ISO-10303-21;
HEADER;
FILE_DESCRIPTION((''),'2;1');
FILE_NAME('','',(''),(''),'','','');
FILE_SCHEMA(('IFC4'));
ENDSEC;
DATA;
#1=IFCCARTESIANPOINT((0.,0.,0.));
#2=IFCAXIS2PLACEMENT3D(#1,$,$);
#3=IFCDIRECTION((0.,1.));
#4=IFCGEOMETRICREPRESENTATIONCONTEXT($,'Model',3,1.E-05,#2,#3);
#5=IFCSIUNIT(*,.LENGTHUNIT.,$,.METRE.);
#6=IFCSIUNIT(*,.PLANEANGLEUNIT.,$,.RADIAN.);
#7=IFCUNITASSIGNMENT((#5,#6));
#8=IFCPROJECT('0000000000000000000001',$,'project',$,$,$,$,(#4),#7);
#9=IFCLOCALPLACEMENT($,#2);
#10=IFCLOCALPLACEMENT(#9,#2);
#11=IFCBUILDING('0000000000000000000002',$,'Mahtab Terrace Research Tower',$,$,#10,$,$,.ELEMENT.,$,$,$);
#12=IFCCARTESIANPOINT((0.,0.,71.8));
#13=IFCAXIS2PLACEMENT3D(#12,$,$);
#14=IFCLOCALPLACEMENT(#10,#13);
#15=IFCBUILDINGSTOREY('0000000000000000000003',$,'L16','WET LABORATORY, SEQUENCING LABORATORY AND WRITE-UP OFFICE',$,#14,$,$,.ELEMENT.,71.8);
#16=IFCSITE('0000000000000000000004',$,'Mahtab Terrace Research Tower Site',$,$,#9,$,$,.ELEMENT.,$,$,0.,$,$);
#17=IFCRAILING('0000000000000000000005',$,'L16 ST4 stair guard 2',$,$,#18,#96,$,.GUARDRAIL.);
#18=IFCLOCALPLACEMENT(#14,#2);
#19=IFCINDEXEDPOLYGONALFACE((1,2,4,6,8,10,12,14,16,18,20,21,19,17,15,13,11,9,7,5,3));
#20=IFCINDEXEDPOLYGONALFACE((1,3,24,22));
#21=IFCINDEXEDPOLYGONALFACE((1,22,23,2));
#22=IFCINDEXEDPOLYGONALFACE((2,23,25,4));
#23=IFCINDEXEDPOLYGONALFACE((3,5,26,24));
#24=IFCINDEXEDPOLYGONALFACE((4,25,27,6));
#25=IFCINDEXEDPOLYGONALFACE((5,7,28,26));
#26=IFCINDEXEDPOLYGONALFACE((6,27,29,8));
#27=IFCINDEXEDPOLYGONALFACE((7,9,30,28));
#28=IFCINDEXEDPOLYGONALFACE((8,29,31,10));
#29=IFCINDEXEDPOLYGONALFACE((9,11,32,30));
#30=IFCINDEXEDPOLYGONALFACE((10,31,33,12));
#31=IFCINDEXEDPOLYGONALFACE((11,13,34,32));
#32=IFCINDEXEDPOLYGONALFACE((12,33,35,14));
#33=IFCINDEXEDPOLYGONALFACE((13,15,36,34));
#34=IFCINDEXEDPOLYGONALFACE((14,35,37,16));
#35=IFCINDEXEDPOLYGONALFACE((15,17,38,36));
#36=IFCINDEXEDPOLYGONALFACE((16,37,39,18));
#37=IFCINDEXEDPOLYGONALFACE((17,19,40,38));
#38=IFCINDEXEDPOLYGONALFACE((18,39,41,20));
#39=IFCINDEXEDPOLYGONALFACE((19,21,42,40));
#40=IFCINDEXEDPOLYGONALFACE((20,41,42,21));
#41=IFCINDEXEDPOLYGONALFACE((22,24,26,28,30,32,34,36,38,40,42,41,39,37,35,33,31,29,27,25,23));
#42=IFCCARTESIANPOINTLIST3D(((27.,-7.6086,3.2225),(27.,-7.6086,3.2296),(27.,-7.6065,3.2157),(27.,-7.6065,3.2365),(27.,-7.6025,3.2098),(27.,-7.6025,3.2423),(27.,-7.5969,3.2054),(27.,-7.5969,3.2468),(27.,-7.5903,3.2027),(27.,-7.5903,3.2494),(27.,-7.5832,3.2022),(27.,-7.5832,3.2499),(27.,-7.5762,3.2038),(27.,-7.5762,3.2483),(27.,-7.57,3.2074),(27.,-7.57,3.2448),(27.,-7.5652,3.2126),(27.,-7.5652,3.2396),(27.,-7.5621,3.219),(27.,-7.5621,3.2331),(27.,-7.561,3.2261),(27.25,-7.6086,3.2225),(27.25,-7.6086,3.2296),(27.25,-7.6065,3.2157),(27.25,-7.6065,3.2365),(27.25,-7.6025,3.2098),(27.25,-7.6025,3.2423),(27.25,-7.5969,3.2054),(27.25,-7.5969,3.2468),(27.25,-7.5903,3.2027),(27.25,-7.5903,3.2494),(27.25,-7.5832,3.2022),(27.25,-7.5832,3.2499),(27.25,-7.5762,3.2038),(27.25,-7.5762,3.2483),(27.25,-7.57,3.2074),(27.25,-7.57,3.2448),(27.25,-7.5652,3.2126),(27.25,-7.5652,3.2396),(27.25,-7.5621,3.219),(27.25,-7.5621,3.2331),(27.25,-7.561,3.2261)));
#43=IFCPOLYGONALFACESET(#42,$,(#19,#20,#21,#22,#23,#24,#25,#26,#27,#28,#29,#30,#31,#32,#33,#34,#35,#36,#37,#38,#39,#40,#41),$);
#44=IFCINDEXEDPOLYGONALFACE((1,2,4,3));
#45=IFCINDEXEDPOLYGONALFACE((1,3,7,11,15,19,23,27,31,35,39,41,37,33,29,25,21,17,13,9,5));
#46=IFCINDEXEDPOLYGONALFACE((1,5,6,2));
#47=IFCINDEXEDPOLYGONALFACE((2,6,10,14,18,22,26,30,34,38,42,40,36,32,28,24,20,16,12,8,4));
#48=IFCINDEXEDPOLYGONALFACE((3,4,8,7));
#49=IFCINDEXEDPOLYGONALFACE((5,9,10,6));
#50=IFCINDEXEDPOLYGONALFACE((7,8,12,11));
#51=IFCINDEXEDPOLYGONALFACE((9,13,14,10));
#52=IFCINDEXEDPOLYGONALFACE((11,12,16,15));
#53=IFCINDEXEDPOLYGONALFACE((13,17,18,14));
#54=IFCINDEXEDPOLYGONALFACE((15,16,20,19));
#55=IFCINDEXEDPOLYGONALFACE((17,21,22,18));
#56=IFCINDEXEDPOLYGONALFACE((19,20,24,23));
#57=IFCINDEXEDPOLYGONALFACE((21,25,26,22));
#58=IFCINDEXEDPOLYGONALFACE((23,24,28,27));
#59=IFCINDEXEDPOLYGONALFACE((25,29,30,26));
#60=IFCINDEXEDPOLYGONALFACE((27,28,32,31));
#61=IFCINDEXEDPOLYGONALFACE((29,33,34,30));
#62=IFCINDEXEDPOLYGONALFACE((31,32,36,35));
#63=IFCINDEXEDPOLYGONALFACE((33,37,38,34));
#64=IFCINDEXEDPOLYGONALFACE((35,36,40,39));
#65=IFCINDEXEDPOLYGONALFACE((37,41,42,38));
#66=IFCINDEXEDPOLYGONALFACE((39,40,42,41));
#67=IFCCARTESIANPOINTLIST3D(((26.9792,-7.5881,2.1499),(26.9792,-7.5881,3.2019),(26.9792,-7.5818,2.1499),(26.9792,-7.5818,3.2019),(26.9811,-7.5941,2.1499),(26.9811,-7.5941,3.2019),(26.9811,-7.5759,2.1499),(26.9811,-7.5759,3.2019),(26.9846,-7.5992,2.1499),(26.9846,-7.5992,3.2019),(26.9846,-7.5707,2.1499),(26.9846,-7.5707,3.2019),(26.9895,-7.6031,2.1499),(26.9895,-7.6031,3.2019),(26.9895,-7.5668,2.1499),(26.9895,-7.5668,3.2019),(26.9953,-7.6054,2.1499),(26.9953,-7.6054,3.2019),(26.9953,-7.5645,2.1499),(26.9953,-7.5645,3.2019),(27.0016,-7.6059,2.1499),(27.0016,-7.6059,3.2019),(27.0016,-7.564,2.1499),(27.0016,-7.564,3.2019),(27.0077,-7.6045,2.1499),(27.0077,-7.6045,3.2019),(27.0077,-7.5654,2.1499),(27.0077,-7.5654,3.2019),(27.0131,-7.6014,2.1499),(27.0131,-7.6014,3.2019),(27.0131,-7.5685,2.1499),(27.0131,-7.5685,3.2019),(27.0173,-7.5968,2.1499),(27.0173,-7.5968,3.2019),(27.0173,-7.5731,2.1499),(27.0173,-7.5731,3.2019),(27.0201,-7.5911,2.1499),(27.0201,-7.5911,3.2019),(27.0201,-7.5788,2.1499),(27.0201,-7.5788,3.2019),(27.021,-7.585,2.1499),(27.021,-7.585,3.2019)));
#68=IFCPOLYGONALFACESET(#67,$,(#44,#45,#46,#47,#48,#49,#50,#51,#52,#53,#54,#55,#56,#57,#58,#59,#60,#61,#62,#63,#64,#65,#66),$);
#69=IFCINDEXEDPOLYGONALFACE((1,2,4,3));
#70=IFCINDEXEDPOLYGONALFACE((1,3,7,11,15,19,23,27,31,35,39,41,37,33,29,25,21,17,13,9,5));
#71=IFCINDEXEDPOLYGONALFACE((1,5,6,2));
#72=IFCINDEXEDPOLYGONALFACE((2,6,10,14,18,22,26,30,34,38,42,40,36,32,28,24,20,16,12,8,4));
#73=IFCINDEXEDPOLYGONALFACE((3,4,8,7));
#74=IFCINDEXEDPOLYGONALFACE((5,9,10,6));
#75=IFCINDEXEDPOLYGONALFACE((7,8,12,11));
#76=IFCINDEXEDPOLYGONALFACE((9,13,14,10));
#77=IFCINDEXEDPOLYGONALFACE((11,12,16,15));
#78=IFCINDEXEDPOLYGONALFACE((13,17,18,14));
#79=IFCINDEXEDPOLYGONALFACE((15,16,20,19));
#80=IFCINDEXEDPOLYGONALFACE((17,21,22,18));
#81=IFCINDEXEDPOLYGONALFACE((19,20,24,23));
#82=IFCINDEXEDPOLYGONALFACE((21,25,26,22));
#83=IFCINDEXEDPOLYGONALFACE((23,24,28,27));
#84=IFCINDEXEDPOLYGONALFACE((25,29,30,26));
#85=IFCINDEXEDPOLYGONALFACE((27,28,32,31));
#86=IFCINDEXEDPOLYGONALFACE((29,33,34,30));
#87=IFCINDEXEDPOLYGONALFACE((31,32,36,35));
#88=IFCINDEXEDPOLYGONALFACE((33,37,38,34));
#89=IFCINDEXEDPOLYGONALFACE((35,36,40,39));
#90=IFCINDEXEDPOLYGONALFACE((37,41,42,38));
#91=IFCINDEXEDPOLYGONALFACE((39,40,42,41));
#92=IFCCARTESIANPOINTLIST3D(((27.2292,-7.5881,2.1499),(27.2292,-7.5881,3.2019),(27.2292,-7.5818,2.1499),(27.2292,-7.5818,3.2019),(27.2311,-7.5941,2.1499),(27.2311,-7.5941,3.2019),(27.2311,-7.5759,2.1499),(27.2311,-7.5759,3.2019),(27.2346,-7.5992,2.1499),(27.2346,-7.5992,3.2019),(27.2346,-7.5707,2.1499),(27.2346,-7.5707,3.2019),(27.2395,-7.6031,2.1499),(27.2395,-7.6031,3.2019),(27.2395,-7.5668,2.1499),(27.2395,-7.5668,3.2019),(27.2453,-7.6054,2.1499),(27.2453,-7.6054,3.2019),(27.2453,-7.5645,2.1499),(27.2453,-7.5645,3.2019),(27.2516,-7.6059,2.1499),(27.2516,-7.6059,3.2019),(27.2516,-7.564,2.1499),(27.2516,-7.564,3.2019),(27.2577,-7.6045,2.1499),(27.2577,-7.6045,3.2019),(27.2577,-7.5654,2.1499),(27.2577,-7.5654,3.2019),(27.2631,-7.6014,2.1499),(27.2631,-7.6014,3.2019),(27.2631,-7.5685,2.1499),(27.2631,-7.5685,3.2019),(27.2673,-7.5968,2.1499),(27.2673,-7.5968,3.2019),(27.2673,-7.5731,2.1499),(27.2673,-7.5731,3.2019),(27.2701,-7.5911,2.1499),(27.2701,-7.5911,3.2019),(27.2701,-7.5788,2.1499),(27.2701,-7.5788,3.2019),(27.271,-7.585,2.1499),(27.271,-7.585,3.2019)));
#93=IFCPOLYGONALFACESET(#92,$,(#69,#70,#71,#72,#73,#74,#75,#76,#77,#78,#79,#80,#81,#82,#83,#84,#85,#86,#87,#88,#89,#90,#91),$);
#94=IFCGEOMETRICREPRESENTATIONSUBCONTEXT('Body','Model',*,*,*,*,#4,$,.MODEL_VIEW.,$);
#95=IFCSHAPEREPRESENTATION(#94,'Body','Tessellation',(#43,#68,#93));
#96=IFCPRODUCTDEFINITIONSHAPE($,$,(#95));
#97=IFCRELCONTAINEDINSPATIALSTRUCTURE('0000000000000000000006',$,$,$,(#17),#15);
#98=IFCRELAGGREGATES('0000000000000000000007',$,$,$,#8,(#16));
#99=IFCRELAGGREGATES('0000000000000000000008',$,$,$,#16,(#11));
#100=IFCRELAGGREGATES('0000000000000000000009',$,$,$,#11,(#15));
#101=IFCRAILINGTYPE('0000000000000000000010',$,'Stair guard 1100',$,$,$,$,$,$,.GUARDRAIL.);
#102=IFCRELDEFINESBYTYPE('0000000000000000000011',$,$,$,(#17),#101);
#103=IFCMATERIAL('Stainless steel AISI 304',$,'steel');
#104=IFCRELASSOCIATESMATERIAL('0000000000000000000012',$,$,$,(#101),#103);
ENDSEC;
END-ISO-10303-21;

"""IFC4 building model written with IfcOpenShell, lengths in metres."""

from ifc_helpers import new_model, si_unit, direction, frame, origin, origin_2d, place, context, subcontext, project, spatial, circle, extrude, material, type_object, element, save


model = new_model("IFC4")

# Units and contexts
model_context = context("Model", 3, precision=1e-05, world=origin(), true_north=direction((0.0, 1.0)))
body_context = subcontext(model_context, "Body", "Model", "MODEL_VIEW")
ifc_project = project(units=[si_unit("LENGTHUNIT", "METRE"), si_unit("PLANEANGLEUNIT", "RADIAN")], contexts=[model_context])

# Site, building, storey
site_placement = place(None, origin())
site = spatial("IfcSite", under=ifc_project, at=site_placement, Name="Mahtab Terrace Research Tower Site", CompositionType="ELEMENT", RefElevation=0.0)
building_placement = place(site_placement, origin())
building = spatial("IfcBuilding", under=site, at=building_placement, Name="Mahtab Terrace Research Tower", CompositionType="ELEMENT")
storey_placement = place(building_placement, frame((0.0, 0.0, 71.8)))
storey = spatial("IfcBuildingStorey", under=building, at=storey_placement, Name="L16", Description="WET LABORATORY, SEQUENCING LABORATORY AND WRITE-UP OFFICE", CompositionType="ELEMENT", Elevation=71.8)

# Railing
ifc_material_1 = material(Name="Stainless steel AISI 304", Category="steel")
railing_type_1 = type_object("IfcRailingType", Name="Stair guard 1100", PredefinedType="GUARDRAIL", material=ifc_material_1)
railing_1_placement = place(storey_placement, frame((27.0, -7.585, 2.1499)))
element("IfcRailing", 1, at=railing_1_placement, inside=storey, type_object=railing_type_1, Name="L16 ST4 stair guard 2", PredefinedType="GUARDRAIL", context=body_context, shape_type="SweptSolid", body=[
    extrude(circle(Radius=0.0239, at=origin_2d()), frame((0.0, 0.0, 1.0762), z_axis=(1.0, 0.0, 0.0), x_axis=(0.0, 1.0, 0.0)), (0.0, 0.0, 1.0), 0.25),
    extrude(circle(Radius=0.021, at=origin_2d()), origin(), (0.0, 0.0, 1.0), 1.052),
    extrude(circle(Radius=0.021, at=origin_2d()), frame((0.25, 0.0, 0.0)), (0.0, 0.0, 1.0), 1.052),
])

save(model, "model.ifc")
